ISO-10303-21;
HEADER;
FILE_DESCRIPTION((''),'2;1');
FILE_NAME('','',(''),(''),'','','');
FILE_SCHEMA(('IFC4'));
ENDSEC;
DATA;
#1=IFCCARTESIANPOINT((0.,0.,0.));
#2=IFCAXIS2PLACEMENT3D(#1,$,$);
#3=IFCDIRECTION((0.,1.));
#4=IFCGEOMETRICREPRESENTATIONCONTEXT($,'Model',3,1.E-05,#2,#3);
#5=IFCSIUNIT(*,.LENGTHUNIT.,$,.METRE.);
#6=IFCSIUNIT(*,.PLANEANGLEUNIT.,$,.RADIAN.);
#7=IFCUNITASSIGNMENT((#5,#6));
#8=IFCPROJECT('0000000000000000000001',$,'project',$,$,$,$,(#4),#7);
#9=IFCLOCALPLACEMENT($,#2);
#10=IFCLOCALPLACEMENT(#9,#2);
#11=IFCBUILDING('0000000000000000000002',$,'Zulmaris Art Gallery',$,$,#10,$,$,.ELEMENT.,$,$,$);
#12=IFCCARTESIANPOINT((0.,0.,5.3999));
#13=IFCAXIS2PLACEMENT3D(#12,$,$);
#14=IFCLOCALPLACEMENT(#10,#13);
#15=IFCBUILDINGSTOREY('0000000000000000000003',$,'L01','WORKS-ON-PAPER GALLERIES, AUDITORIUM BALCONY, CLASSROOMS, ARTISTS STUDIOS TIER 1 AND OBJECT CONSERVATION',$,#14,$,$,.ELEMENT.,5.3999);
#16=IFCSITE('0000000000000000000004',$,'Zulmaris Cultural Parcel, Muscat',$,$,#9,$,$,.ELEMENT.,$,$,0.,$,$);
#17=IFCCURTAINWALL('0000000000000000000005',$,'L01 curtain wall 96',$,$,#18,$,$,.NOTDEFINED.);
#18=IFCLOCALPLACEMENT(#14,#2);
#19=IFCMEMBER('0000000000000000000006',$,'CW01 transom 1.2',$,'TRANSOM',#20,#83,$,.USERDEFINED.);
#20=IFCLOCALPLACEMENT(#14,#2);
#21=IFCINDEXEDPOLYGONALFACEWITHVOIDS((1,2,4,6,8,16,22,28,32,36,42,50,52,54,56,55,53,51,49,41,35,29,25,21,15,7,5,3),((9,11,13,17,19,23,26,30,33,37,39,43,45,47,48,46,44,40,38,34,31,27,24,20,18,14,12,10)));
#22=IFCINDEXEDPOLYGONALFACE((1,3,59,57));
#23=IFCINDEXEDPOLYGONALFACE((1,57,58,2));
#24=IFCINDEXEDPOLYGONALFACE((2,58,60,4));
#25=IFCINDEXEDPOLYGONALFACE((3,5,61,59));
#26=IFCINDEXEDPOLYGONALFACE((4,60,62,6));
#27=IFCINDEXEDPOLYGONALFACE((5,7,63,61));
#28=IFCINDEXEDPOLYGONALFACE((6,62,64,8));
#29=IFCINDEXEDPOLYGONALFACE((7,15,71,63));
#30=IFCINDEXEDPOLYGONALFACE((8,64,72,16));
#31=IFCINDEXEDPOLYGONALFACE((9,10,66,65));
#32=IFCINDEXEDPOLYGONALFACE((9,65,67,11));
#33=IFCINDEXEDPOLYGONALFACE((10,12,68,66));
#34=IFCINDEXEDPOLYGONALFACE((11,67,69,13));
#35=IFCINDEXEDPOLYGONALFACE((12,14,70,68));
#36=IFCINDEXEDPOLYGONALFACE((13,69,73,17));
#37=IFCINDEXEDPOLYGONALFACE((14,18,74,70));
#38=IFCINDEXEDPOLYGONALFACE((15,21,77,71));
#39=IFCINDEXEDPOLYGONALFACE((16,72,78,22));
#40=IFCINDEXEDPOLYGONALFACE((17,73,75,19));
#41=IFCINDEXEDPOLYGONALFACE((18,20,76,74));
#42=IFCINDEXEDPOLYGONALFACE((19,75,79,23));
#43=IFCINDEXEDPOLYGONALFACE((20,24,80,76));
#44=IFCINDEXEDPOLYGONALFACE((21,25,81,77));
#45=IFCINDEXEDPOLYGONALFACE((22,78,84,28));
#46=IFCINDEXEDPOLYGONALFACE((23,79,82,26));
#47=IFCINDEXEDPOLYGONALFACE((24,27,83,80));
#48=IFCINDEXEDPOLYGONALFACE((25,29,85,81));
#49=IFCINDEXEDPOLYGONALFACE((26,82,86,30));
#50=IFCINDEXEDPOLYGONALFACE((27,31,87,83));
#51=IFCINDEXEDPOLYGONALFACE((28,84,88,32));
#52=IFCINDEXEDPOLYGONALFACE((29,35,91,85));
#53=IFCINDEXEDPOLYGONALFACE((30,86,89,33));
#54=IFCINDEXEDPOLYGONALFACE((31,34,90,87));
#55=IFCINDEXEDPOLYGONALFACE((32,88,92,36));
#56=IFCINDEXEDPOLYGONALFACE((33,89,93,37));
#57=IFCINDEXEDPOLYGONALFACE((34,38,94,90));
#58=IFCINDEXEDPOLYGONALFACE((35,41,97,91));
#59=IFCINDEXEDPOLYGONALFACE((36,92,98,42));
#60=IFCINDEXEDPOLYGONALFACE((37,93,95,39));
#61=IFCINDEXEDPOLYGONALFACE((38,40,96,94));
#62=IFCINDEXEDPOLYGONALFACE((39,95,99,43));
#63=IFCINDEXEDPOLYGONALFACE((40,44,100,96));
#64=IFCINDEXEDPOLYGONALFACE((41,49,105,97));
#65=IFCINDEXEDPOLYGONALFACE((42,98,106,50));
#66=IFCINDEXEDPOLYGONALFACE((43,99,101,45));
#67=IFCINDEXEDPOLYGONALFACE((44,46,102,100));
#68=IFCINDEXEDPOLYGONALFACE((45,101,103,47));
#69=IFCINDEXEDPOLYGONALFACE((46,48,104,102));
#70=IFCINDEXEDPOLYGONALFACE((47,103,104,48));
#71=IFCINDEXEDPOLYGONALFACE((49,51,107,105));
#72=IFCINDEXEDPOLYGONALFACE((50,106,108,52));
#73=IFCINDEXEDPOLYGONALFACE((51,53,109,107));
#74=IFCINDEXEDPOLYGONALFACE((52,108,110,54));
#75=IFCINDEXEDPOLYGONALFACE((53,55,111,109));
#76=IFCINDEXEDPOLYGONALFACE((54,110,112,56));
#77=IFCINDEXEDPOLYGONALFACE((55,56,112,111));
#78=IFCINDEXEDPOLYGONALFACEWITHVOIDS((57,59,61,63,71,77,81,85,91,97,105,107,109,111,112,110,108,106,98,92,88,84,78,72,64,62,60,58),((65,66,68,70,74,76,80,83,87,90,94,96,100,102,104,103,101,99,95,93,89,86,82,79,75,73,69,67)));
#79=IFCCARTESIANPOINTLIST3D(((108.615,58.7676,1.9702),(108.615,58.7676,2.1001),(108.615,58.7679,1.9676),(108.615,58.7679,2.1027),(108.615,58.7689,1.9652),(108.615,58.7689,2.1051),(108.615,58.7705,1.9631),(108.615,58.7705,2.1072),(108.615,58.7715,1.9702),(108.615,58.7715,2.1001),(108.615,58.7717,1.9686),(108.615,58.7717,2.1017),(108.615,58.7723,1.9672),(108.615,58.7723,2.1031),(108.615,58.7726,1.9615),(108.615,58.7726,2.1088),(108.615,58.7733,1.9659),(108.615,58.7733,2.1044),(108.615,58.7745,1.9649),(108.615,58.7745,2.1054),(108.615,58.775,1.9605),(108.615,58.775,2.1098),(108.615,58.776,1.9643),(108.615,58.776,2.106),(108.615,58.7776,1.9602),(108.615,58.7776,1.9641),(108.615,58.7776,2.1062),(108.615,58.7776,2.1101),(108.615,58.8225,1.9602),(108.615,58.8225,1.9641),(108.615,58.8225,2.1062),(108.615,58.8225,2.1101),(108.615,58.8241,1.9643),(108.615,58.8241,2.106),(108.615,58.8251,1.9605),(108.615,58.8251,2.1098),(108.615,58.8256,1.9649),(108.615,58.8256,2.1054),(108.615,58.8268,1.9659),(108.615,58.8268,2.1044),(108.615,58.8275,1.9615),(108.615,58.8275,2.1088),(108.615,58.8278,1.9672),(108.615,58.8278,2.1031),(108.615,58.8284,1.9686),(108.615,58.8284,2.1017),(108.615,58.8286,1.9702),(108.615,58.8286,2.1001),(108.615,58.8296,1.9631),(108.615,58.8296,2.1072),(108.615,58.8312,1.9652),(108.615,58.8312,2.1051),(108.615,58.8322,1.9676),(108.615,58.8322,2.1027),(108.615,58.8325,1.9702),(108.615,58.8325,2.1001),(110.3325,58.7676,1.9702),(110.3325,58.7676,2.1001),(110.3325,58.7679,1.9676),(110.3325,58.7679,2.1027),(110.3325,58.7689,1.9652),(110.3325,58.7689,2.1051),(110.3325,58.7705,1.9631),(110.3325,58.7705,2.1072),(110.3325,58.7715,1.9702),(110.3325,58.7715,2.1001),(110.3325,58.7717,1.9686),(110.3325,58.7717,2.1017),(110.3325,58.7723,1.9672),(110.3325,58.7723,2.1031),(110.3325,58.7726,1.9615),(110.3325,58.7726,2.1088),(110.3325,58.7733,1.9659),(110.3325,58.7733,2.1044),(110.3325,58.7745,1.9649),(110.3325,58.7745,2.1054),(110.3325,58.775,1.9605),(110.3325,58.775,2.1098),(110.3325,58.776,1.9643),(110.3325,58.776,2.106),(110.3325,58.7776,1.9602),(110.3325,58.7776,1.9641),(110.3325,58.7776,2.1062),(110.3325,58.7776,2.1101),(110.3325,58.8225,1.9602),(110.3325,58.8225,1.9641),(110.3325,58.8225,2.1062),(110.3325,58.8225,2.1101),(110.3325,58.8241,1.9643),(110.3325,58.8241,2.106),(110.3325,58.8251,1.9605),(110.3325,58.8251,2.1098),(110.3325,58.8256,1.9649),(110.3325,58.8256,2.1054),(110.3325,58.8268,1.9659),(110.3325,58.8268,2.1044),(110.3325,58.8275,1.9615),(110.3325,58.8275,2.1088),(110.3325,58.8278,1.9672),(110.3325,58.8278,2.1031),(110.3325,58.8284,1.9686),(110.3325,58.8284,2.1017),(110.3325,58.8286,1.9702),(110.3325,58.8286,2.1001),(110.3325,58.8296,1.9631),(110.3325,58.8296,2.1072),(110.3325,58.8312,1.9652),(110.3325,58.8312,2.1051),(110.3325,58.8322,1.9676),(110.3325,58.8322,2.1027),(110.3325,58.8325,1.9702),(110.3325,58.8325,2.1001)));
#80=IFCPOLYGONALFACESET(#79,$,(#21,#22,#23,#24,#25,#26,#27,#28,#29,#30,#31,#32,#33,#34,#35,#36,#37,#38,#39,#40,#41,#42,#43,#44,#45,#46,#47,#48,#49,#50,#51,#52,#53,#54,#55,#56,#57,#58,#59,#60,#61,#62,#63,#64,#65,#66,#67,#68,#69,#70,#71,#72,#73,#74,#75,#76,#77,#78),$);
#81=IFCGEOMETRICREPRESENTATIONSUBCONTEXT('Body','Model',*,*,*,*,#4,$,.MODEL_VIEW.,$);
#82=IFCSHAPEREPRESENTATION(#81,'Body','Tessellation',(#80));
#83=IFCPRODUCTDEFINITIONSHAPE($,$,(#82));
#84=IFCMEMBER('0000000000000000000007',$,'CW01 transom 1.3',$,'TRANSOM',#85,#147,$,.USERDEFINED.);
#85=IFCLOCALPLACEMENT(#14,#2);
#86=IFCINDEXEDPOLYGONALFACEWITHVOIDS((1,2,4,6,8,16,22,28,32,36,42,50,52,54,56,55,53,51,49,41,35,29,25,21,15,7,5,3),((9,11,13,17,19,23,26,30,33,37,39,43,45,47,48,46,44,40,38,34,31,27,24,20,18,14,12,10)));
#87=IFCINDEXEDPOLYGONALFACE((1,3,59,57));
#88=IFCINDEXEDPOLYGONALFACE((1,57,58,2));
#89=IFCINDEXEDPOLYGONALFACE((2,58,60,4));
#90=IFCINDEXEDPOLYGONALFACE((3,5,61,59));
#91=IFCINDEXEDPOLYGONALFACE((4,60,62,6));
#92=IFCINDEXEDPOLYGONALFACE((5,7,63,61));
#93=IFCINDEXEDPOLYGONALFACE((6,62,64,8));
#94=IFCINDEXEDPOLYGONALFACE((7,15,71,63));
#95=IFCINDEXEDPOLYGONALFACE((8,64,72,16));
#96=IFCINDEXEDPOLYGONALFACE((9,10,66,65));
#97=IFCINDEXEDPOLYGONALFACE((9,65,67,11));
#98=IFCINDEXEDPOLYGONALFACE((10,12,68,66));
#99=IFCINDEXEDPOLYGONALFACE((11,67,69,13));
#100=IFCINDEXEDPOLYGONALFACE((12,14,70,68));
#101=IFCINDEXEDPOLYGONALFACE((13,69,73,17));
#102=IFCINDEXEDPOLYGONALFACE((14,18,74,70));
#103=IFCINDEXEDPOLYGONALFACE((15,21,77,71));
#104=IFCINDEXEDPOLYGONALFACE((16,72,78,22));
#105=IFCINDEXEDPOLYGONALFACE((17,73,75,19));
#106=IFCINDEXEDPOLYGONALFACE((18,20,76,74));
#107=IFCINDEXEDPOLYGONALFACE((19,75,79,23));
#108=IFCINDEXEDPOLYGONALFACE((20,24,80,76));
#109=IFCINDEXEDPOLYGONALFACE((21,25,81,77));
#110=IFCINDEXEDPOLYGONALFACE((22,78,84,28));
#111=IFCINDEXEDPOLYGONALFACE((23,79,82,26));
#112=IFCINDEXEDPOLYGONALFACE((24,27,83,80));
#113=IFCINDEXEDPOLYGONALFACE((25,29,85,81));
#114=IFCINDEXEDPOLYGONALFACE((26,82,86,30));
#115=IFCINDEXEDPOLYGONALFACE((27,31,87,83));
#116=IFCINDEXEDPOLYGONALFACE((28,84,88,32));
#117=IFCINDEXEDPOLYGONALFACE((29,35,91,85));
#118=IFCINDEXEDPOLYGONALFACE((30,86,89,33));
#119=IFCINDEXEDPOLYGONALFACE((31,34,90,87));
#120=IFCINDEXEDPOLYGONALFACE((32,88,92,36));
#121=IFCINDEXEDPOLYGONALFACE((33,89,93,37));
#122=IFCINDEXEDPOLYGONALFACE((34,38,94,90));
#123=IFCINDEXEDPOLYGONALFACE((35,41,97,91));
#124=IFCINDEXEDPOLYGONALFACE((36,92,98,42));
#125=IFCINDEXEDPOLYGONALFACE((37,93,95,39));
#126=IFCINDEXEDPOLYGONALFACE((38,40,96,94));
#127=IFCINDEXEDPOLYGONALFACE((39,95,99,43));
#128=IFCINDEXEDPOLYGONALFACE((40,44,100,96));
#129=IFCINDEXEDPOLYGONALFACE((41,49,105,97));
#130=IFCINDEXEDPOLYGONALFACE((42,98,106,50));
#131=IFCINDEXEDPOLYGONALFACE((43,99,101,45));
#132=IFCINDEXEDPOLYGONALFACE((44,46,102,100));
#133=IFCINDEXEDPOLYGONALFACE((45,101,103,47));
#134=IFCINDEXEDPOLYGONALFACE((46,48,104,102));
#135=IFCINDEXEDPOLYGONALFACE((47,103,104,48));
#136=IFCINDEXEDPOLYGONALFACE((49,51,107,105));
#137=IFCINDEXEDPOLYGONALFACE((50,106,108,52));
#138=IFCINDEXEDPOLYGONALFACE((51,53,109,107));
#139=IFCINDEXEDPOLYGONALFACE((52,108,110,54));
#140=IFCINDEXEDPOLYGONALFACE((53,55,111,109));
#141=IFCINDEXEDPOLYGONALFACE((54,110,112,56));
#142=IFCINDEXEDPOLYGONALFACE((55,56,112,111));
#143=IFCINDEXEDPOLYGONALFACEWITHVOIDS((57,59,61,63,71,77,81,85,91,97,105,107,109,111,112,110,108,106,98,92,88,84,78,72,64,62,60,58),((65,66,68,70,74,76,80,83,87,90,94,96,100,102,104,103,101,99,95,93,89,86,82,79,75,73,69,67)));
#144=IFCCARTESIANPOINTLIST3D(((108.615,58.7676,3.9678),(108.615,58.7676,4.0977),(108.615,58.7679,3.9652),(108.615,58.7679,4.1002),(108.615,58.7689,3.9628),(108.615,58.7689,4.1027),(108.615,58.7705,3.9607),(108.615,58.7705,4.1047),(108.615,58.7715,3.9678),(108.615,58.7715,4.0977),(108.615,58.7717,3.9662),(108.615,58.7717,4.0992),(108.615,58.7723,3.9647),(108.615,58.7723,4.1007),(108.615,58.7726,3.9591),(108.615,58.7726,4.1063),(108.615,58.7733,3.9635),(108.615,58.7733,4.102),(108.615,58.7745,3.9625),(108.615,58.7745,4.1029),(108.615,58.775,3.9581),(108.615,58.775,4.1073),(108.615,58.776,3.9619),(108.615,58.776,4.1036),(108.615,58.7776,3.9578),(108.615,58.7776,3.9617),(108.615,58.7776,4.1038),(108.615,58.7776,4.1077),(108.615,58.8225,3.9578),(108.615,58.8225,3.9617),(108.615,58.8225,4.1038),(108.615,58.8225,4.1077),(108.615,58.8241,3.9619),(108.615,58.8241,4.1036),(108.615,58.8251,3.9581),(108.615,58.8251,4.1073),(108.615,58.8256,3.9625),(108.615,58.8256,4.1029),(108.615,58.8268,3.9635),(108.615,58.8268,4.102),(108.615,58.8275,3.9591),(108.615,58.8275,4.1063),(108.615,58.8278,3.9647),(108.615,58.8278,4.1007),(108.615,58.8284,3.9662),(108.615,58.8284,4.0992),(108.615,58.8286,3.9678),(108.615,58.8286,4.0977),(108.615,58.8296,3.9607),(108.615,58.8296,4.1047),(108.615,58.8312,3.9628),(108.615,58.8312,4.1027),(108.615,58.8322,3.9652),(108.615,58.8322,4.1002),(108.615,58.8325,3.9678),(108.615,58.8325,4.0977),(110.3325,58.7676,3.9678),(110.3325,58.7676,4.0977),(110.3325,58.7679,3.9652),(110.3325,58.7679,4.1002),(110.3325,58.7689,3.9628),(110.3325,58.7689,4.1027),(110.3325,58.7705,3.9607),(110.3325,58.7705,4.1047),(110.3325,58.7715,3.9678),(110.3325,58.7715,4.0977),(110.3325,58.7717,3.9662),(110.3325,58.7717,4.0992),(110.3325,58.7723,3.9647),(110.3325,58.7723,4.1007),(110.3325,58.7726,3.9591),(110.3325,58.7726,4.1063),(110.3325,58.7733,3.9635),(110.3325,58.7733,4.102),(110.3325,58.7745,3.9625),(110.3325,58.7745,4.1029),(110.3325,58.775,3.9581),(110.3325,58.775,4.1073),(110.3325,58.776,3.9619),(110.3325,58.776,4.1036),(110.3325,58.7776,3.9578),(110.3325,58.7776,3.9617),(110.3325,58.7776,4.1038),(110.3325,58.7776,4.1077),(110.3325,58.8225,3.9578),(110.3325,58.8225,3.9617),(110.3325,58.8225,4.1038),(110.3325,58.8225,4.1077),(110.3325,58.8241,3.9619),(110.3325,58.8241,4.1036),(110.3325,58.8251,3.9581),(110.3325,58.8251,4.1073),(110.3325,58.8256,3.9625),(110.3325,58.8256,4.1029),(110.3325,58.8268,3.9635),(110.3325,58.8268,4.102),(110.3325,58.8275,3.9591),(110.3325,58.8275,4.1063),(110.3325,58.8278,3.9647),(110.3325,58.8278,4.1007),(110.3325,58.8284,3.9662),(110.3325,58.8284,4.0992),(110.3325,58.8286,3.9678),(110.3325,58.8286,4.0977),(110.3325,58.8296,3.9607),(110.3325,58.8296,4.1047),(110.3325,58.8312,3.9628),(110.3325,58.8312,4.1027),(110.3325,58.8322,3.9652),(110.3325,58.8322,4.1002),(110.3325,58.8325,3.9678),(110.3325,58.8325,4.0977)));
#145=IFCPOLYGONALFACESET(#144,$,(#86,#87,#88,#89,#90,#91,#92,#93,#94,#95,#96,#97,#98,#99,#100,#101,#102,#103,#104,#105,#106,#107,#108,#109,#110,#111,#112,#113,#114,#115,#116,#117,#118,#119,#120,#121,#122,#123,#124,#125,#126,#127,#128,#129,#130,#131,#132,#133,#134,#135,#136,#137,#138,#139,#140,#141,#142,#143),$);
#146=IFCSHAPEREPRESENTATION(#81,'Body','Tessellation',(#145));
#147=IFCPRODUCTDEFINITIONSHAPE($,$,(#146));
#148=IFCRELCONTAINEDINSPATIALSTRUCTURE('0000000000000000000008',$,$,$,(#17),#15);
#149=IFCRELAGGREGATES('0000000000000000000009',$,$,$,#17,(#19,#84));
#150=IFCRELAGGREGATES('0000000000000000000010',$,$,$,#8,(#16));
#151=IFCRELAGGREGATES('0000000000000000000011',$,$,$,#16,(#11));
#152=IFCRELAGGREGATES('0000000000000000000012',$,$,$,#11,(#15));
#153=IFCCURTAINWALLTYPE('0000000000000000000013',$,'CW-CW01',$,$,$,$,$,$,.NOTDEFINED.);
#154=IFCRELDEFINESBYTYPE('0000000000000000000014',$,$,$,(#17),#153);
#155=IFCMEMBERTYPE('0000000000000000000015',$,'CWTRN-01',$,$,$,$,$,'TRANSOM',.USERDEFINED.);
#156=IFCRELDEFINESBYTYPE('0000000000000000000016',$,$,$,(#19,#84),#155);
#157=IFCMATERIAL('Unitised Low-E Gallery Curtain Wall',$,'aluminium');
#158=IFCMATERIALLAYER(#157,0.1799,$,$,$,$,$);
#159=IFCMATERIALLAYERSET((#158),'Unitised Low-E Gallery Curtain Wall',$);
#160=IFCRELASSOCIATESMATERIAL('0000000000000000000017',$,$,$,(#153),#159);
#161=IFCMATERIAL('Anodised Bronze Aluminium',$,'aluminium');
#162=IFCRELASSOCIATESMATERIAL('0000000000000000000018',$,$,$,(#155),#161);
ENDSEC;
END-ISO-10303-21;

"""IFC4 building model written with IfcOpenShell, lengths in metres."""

from ifc_helpers import new_model, si_unit, direction, frame, origin, origin_2d, place, context, subcontext, project, spatial, hollow_rectangle, extrude, material, layer, layer_set, material_profile, profile_set, type_object, element, aggregate, save


model = new_model("IFC4")

# Units and contexts
model_context = context("Model", 3, precision=1e-05, world=origin(), true_north=direction((0.0, 1.0)))
body_context = subcontext(model_context, "Body", "Model", "MODEL_VIEW")
ifc_project = project(units=[si_unit("LENGTHUNIT", "METRE"), si_unit("PLANEANGLEUNIT", "RADIAN")], contexts=[model_context])

# Site, building, storey
site_placement = place(None, origin())
site = spatial("IfcSite", under=ifc_project, at=site_placement, Name="Zulmaris Cultural Parcel, Muscat", CompositionType="ELEMENT", RefElevation=0.0)
building_placement = place(site_placement, origin())
building = spatial("IfcBuilding", under=site, at=building_placement, Name="Zulmaris Art Gallery", CompositionType="ELEMENT")
storey_placement = place(building_placement, frame((0.0, 0.0, 5.3999)))
storey = spatial("IfcBuildingStorey", under=building, at=storey_placement, Name="L01", Description="WORKS-ON-PAPER GALLERIES, AUDITORIUM BALCONY, CLASSROOMS, ARTISTS STUDIOS TIER 1 AND OBJECT CONSERVATION", CompositionType="ELEMENT", Elevation=5.3999)

# Curtain wall, members
ifc_material_1 = material(Name="Unitised Low-E Gallery Curtain Wall", Category="aluminium")
ifc_layer_1 = layer(ifc_material_1, 0.1799)
ifc_layer_set_1 = layer_set([ifc_layer_1], Name="Unitised Low-E Gallery Curtain Wall")
curtain_wall_type = type_object("IfcCurtainWallType", Name="CW-CW01", PredefinedType="NOTDEFINED", material=ifc_layer_set_1)
curtain_wall_placement = place(storey_placement, origin())
curtain_wall = element("IfcCurtainWall", 1, at=curtain_wall_placement, inside=storey, type_object=curtain_wall_type, Name="L01 curtain wall 96", PredefinedType="NOTDEFINED")
ifc_material_2 = material(Name="Anodised Bronze Aluminium", Category="aluminium")
ifc_material_profile_1 = material_profile(ifc_material_2, hollow_rectangle(XDim=0.0649, YDim=0.1499, WallThickness=0.0039, InnerFilletRadius=0.0061, OuterFilletRadius=0.01, at=origin_2d()), Name="ALU 65x150x4")
ifc_profile_set_1 = profile_set([ifc_material_profile_1], Name="Anodised Bronze Aluminium")
member_type_1 = type_object("IfcMemberType", Name="CWTRN-01", ElementType="TRANSOM", PredefinedType="USERDEFINED", material=ifc_profile_set_1)
member_1_placement = place(storey_placement, frame((108.615, 58.8, 2.0352), z_axis=(1.0, 0.0, 0.0), x_axis=(0.0, 1.0, 0.0)))
member_1 = element("IfcMember", 2, at=member_1_placement, type_object=member_type_1, Name="CW01 transom 1.2", ObjectType="TRANSOM", PredefinedType="USERDEFINED", context=body_context, shape_type="SweptSolid", body=[
    extrude(hollow_rectangle(XDim=0.0649, YDim=0.1499, WallThickness=0.0039, InnerFilletRadius=0.0061, OuterFilletRadius=0.01, at=origin_2d()), origin(), (0.0, 0.0, 1.0), 1.7175),
])
member_2_placement = place(storey_placement, frame((108.615, 58.8, 4.0327), z_axis=(1.0, 0.0, 0.0), x_axis=(0.0, 1.0, 0.0)))
member_2 = element("IfcMember", 3, at=member_2_placement, type_object=member_type_1, Name="CW01 transom 1.3", ObjectType="TRANSOM", PredefinedType="USERDEFINED", context=body_context, shape_type="SweptSolid", body=[
    extrude(hollow_rectangle(XDim=0.0649, YDim=0.1499, WallThickness=0.0039, InnerFilletRadius=0.0061, OuterFilletRadius=0.01, at=origin_2d()), origin(), (0.0, 0.0, 1.0), 1.7175),
])
aggregate(curtain_wall, [member_1, member_2])

save(model, "model.ifc")
